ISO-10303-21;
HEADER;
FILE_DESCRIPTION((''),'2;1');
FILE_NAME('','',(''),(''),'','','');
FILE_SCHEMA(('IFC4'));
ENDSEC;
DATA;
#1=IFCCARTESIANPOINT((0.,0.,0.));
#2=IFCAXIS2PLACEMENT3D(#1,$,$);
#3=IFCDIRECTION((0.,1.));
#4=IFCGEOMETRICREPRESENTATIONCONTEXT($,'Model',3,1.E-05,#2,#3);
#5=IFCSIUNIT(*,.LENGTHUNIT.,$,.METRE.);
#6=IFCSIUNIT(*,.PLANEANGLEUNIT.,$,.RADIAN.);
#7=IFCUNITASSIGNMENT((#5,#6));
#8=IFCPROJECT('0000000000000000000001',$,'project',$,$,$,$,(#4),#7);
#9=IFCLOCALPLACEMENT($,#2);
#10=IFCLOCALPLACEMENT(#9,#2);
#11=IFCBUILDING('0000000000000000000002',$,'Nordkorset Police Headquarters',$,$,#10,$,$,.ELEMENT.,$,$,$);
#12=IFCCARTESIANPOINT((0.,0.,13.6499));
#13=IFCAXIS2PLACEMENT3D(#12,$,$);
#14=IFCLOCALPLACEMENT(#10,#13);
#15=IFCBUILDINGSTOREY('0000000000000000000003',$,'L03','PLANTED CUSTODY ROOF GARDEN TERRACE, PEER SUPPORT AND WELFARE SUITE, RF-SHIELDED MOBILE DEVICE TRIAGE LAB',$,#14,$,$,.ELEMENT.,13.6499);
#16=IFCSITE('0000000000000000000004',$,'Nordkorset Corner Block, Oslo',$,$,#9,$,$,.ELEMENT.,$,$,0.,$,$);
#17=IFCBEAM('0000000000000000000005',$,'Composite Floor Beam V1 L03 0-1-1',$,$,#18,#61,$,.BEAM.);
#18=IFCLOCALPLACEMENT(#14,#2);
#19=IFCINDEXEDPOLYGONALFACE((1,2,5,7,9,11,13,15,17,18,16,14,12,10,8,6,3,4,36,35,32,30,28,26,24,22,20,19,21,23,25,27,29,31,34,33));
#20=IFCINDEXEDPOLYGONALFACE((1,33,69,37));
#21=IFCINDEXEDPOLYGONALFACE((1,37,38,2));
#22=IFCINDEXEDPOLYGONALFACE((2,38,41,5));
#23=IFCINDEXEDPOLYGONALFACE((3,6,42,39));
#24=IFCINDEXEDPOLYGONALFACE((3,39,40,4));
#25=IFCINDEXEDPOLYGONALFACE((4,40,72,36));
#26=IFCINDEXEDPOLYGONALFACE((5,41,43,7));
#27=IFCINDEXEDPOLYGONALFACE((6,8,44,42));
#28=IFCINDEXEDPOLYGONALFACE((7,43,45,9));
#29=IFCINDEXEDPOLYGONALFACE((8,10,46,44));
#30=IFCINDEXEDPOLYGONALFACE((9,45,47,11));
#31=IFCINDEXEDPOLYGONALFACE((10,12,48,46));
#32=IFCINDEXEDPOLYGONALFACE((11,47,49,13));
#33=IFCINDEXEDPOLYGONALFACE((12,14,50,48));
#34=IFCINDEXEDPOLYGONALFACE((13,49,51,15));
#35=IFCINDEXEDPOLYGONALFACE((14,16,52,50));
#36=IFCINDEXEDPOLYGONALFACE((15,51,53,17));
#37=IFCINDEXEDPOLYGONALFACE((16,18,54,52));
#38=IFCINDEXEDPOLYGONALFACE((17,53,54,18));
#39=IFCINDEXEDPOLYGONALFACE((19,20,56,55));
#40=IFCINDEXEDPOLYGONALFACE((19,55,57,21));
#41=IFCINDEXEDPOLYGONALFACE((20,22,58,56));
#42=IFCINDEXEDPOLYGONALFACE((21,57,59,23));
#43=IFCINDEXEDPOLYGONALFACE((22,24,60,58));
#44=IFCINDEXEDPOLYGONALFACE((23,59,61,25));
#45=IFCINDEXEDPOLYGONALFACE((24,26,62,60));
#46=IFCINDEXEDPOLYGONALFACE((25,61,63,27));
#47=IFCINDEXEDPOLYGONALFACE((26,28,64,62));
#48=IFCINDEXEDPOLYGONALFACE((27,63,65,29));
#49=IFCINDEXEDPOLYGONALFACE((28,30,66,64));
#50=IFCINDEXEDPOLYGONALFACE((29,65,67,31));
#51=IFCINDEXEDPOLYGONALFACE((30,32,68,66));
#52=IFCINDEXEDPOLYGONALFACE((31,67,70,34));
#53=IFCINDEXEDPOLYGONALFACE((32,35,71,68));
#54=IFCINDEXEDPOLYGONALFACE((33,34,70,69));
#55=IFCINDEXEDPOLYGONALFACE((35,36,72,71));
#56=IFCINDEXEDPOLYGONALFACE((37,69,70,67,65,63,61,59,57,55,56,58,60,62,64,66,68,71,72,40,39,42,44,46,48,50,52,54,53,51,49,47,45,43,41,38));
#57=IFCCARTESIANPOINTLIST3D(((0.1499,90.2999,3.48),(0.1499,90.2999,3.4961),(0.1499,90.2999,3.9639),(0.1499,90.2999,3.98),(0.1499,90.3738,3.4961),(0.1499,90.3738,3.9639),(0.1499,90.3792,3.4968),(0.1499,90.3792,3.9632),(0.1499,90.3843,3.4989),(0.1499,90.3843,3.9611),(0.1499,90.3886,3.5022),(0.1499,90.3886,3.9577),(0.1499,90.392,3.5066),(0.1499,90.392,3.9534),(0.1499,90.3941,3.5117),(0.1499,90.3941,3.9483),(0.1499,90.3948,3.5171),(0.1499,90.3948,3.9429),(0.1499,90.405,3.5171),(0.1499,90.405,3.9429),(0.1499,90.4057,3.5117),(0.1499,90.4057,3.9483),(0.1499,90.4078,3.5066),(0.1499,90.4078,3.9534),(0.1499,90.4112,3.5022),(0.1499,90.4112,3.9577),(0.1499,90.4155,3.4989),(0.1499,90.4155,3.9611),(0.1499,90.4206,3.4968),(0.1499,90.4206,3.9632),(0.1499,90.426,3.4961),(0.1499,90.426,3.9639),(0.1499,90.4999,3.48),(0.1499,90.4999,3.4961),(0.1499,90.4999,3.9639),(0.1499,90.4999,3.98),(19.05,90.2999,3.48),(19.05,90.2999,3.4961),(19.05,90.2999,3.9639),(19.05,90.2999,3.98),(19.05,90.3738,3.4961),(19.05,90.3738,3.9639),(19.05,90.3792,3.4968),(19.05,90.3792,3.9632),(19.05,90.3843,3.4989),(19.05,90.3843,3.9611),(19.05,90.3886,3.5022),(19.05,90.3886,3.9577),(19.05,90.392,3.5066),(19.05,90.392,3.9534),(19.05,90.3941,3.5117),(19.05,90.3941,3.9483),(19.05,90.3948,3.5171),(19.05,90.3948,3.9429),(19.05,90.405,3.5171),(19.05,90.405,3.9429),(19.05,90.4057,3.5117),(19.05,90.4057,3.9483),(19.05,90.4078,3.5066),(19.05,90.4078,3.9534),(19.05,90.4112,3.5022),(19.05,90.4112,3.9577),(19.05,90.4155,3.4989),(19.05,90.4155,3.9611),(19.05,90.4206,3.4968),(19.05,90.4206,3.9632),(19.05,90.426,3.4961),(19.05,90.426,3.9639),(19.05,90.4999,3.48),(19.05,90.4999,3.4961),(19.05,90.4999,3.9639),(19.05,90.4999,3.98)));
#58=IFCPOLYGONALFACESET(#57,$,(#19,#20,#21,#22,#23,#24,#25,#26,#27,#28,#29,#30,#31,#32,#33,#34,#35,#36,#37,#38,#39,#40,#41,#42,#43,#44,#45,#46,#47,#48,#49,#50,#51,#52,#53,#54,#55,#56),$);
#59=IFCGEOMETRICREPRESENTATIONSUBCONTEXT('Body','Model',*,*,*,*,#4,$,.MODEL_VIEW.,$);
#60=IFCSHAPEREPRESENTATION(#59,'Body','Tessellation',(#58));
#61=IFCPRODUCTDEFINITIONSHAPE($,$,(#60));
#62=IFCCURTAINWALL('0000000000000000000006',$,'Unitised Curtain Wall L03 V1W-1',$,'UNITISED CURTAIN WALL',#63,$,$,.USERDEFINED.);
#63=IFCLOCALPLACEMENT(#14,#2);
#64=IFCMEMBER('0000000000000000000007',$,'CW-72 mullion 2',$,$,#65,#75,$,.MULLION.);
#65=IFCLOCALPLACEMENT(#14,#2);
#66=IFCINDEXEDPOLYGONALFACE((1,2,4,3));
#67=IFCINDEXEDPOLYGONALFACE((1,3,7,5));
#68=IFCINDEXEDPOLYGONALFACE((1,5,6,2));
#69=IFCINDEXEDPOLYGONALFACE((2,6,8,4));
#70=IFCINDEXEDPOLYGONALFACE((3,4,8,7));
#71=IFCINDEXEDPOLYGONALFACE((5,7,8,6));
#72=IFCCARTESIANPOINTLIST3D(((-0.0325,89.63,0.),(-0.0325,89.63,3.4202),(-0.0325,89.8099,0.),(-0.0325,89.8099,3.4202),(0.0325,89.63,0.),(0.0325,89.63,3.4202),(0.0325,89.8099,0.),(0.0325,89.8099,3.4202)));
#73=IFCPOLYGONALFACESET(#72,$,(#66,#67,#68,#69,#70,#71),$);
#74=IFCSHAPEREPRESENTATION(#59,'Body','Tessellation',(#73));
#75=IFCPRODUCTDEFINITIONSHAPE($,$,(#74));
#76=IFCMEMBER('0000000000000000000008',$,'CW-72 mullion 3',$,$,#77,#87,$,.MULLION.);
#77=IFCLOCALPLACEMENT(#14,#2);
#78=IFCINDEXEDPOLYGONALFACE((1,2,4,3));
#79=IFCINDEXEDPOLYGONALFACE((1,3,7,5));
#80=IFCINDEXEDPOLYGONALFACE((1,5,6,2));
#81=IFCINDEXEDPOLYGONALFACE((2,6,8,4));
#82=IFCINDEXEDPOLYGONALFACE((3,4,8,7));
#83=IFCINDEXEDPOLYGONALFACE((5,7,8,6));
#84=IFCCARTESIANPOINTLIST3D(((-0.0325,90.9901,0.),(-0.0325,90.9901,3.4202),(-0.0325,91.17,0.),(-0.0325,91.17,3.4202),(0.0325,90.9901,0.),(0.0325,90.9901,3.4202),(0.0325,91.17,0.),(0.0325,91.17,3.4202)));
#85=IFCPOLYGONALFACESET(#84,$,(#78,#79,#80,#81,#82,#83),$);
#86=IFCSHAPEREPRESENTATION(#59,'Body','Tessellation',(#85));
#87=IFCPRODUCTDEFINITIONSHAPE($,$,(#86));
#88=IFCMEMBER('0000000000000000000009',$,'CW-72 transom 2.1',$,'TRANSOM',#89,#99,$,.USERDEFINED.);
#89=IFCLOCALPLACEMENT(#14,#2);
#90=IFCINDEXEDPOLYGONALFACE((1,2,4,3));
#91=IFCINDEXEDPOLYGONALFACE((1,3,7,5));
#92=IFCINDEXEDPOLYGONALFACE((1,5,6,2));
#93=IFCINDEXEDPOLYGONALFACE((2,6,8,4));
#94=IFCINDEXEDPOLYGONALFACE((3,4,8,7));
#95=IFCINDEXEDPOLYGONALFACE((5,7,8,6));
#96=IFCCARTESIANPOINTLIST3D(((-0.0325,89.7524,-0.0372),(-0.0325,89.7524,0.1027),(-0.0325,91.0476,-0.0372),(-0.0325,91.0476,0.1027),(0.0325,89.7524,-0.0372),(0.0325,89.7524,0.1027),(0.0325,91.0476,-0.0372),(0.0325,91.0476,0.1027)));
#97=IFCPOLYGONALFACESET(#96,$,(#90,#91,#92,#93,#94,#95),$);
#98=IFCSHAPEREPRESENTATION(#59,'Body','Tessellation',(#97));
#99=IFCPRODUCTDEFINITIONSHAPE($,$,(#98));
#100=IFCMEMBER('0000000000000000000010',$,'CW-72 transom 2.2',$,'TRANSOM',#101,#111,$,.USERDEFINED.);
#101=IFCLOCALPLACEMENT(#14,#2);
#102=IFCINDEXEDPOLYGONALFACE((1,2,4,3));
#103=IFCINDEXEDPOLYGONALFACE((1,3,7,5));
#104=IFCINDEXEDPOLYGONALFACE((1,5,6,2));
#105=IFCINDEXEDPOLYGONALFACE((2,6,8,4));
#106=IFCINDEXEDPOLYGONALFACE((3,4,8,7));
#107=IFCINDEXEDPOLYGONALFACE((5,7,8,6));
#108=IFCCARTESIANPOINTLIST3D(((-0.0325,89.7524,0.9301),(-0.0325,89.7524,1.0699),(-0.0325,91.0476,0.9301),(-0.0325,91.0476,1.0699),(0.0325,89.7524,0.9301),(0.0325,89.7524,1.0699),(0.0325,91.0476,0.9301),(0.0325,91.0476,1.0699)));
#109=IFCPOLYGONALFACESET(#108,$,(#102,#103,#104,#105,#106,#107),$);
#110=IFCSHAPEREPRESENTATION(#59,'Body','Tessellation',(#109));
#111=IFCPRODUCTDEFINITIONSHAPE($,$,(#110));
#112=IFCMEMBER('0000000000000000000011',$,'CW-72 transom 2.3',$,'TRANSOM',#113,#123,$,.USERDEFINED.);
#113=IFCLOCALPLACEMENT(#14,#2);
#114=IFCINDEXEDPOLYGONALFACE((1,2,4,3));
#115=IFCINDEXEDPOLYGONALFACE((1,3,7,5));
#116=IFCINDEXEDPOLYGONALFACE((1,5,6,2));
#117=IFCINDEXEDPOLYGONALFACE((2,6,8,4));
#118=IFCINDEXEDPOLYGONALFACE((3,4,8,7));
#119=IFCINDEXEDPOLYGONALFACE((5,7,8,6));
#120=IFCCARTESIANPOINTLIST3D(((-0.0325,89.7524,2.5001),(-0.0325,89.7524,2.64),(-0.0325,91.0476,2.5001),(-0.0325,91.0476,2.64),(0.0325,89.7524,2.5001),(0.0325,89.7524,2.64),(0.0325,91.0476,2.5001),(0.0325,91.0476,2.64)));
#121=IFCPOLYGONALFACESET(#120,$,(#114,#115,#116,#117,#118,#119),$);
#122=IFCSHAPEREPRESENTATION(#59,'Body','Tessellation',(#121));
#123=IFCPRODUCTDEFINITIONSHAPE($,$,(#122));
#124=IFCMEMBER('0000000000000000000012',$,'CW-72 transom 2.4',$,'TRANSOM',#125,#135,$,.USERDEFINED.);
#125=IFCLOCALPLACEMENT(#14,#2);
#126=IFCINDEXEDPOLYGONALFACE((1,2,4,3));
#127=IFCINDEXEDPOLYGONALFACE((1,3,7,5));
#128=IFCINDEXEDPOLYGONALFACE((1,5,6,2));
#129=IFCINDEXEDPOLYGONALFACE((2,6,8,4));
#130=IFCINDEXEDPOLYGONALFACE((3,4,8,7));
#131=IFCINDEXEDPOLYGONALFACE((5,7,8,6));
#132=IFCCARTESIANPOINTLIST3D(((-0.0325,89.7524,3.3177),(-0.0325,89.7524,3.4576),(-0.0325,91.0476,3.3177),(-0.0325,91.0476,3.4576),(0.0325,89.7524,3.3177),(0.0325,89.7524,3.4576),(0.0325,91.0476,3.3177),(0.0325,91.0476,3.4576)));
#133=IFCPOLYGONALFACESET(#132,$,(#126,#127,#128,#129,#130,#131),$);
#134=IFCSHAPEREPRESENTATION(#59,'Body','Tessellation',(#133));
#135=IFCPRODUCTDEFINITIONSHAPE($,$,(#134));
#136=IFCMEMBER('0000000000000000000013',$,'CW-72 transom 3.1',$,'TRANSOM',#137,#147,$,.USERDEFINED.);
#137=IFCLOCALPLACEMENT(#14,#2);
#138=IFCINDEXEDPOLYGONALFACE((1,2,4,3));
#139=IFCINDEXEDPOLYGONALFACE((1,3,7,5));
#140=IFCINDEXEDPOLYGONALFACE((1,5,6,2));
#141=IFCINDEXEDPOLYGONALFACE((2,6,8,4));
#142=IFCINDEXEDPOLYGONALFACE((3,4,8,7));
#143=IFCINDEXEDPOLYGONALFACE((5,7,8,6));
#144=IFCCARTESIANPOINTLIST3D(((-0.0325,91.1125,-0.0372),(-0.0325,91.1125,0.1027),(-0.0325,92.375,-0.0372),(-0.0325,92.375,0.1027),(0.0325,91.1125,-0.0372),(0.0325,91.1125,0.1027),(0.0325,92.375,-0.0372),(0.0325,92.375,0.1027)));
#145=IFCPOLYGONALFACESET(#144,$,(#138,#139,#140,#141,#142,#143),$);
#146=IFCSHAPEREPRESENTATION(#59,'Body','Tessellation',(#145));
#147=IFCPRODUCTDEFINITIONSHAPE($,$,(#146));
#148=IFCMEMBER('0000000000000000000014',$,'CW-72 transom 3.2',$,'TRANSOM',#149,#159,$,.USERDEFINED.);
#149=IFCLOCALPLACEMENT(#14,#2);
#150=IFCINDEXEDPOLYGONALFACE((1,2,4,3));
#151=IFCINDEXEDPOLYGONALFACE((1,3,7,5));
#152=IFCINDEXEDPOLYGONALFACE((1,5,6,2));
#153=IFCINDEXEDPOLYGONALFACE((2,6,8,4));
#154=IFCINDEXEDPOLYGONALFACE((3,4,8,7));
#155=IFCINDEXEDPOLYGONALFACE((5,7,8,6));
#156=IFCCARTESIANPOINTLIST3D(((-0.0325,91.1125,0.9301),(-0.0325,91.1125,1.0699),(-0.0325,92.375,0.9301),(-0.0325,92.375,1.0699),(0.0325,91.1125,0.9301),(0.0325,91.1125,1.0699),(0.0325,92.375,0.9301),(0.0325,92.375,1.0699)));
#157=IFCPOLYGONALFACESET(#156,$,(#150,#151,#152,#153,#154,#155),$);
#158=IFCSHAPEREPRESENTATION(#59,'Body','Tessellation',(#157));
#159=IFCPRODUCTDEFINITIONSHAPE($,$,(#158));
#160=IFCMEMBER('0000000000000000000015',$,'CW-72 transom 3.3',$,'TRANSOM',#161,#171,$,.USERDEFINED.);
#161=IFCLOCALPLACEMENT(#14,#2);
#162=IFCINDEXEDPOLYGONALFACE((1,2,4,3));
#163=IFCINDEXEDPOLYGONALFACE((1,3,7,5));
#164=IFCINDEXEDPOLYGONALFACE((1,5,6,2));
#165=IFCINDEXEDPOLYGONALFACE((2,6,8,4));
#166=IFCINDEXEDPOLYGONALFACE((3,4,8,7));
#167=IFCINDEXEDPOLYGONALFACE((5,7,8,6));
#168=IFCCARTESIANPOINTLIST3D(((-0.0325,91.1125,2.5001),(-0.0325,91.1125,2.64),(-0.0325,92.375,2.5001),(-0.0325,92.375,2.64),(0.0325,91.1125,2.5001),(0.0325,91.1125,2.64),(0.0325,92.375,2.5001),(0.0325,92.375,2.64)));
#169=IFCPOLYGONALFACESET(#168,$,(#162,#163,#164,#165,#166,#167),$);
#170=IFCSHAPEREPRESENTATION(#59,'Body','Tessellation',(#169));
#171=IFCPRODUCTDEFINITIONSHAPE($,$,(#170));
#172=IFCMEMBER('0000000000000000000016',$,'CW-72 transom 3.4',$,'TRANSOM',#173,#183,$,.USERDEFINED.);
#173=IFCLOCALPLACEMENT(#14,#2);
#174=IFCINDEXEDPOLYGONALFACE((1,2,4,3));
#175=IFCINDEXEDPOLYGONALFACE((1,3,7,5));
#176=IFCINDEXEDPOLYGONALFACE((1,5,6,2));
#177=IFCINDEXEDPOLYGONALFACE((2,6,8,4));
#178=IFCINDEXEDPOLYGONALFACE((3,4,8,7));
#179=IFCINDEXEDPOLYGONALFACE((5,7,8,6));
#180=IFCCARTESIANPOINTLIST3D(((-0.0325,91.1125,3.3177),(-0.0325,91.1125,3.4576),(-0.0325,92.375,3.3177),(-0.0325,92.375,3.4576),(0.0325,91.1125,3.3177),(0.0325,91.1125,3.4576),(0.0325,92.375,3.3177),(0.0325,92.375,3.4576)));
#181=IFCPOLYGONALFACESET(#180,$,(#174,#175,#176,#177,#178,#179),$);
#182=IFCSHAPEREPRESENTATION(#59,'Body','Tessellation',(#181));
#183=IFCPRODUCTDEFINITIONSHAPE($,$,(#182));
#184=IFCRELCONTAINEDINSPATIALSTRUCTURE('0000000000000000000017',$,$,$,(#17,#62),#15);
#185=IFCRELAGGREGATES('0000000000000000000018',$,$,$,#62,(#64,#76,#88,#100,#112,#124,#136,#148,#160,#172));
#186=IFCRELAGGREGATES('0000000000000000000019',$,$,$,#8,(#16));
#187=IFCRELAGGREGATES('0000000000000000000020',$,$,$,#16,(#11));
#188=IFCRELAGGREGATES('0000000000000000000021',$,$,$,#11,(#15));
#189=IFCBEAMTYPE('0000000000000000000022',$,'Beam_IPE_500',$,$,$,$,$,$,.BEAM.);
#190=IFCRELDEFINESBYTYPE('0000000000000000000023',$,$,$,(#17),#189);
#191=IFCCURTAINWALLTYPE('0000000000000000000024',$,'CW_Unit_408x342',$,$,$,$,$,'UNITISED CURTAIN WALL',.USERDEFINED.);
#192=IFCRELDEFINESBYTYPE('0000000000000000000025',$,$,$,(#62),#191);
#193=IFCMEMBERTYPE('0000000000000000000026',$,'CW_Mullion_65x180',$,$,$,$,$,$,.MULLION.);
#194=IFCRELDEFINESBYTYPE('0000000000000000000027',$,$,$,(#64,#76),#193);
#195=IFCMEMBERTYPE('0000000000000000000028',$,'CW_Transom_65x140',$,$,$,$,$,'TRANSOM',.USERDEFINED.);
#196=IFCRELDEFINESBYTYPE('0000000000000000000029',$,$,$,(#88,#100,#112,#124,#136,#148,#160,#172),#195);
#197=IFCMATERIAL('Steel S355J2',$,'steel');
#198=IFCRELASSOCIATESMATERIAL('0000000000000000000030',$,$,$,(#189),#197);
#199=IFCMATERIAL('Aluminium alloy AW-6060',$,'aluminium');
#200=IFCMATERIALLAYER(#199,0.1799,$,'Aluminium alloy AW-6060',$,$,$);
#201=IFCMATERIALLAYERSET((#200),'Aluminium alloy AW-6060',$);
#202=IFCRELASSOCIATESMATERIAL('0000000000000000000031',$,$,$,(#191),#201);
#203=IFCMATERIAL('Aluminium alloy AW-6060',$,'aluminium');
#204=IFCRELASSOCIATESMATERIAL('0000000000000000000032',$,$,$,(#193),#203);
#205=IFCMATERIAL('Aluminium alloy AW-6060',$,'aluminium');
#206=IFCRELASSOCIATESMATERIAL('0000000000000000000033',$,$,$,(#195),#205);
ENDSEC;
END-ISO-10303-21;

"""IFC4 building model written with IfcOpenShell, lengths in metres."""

from ifc_helpers import new_model, si_unit, direction, frame, origin, origin_2d, place, context, subcontext, project, spatial, rectangle, i_section, extrude, material, layer, layer_set, material_profile, profile_set, type_object, element, aggregate, save


model = new_model("IFC4")

# Units and contexts
model_context = context("Model", 3, precision=1e-05, world=origin(), true_north=direction((0.0, 1.0)))
body_context = subcontext(model_context, "Body", "Model", "MODEL_VIEW")
ifc_project = project(units=[si_unit("LENGTHUNIT", "METRE"), si_unit("PLANEANGLEUNIT", "RADIAN")], contexts=[model_context])

# Site, building, storey
site_placement = place(None, origin())
site = spatial("IfcSite", under=ifc_project, at=site_placement, Name="Nordkorset Corner Block, Oslo", CompositionType="ELEMENT", RefElevation=0.0)
building_placement = place(site_placement, origin())
building = spatial("IfcBuilding", under=site, at=building_placement, Name="Nordkorset Police Headquarters", CompositionType="ELEMENT")
storey_placement = place(building_placement, frame((0.0, 0.0, 13.6499)))
storey = spatial("IfcBuildingStorey", under=building, at=storey_placement, Name="L03", Description="PLANTED CUSTODY ROOF GARDEN TERRACE, PEER SUPPORT AND WELFARE SUITE, RF-SHIELDED MOBILE DEVICE TRIAGE LAB", CompositionType="ELEMENT", Elevation=13.6499)

# Beam
ifc_material_1 = material(Name="Steel S355J2", Category="steel")
ifc_material_profile_1 = material_profile(ifc_material_1, i_section(OverallWidth=0.2, OverallDepth=0.5, WebThickness=0.0103, FlangeThickness=0.0161, FilletRadius=0.021, at=origin_2d()), Name="IPE 500")
ifc_profile_set_1 = profile_set([ifc_material_profile_1], Name="Steel S355J2")
beam_type = type_object("IfcBeamType", Name="Beam_IPE_500", PredefinedType="BEAM", material=ifc_profile_set_1)
beam_placement = place(storey_placement, frame((0.1499, 90.3999, 3.73), z_axis=(1.0, 0.0, 0.0), x_axis=(0.0, 1.0, 0.0)))
element("IfcBeam", 1, at=beam_placement, inside=storey, type_object=beam_type, Name="Composite Floor Beam V1 L03 0-1-1", PredefinedType="BEAM", context=body_context, shape_type="SweptSolid", body=[
    extrude(i_section(OverallWidth=0.2, OverallDepth=0.5, WebThickness=0.0103, FlangeThickness=0.0161, FilletRadius=0.021, at=origin_2d()), origin(), (0.0, 0.0, 1.0), 18.9001),
])

# Curtain wall, members
ifc_material_2 = material(Name="Aluminium alloy AW-6060", Category="aluminium")
ifc_layer_1 = layer(ifc_material_2, 0.1799, Name="Aluminium alloy AW-6060")
ifc_layer_set_1 = layer_set([ifc_layer_1], Name="Aluminium alloy AW-6060")
curtain_wall_type = type_object("IfcCurtainWallType", Name="CW_Unit_408x342", ElementType="UNITISED CURTAIN WALL", PredefinedType="USERDEFINED", material=ifc_layer_set_1)
curtain_wall_placement = place(storey_placement, origin())
curtain_wall = element("IfcCurtainWall", 2, at=curtain_wall_placement, inside=storey, type_object=curtain_wall_type, Name="Unitised Curtain Wall L03 V1W-1", ObjectType="UNITISED CURTAIN WALL", PredefinedType="USERDEFINED")
ifc_material_3 = material(Name="Aluminium alloy AW-6060", Category="aluminium")
ifc_material_profile_2 = material_profile(ifc_material_3, rectangle(XDim=0.0649, YDim=0.1799, at=origin_2d()), Name="ALU MULL 65x180")
ifc_profile_set_2 = profile_set([ifc_material_profile_2], Name="Aluminium alloy AW-6060")
member_type_1 = type_object("IfcMemberType", Name="CW_Mullion_65x180", PredefinedType="MULLION", material=ifc_profile_set_2)
member_1_placement = place(storey_placement, frame((0.0, 89.72, 0.0), z_axis=(0.0, 0.0, 1.0), x_axis=(-1.0, 0.0, 0.0)))
member_1 = element("IfcMember", 3, at=member_1_placement, type_object=member_type_1, Name="CW-72 mullion 2", PredefinedType="MULLION", context=body_context, shape_type="SweptSolid", body=[
    extrude(rectangle(XDim=0.0649, YDim=0.1799, at=origin_2d()), origin(), (0.0, 0.0, 1.0), 3.4202),
])
member_2_placement = place(storey_placement, frame((0.0, 91.0801, 0.0), z_axis=(0.0, 0.0, 1.0), x_axis=(-1.0, 0.0, 0.0)))
member_2 = element("IfcMember", 4, at=member_2_placement, type_object=member_type_1, Name="CW-72 mullion 3", PredefinedType="MULLION", context=body_context, shape_type="SweptSolid", body=[
    extrude(rectangle(XDim=0.0649, YDim=0.1799, at=origin_2d()), origin(), (0.0, 0.0, 1.0), 3.4202),
])
ifc_material_4 = material(Name="Aluminium alloy AW-6060", Category="aluminium")
ifc_material_profile_3 = material_profile(ifc_material_4, rectangle(XDim=0.0649, YDim=0.1399, at=origin_2d()), Name="ALU TRAN 65x140")
ifc_profile_set_3 = profile_set([ifc_material_profile_3], Name="Aluminium alloy AW-6060")
member_type_2 = type_object("IfcMemberType", Name="CW_Transom_65x140", ElementType="TRANSOM", PredefinedType="USERDEFINED", material=ifc_profile_set_3)
member_3_placement = place(storey_placement, frame((0.0, 89.7524, 0.0327), z_axis=(0.0, 1.0, 0.0), x_axis=(-1.0, 0.0, 0.0)))
member_3 = element("IfcMember", 5, at=member_3_placement, type_object=member_type_2, Name="CW-72 transom 2.1", ObjectType="TRANSOM", PredefinedType="USERDEFINED", context=body_context, shape_type="SweptSolid", body=[
    extrude(rectangle(XDim=0.0649, YDim=0.1399, at=origin_2d()), origin(), (0.0, 0.0, 1.0), 1.2952),
])
member_4_placement = place(storey_placement, frame((0.0, 89.7524, 1.0), z_axis=(0.0, 1.0, 0.0), x_axis=(-1.0, 0.0, 0.0)))
member_4 = element("IfcMember", 6, at=member_4_placement, type_object=member_type_2, Name="CW-72 transom 2.2", ObjectType="TRANSOM", PredefinedType="USERDEFINED", context=body_context, shape_type="SweptSolid", body=[
    extrude(rectangle(XDim=0.0649, YDim=0.1399, at=origin_2d()), origin(), (0.0, 0.0, 1.0), 1.2952),
])
member_5_placement = place(storey_placement, frame((0.0, 89.7524, 2.5701), z_axis=(0.0, 1.0, 0.0), x_axis=(-1.0, 0.0, 0.0)))
member_5 = element("IfcMember", 7, at=member_5_placement, type_object=member_type_2, Name="CW-72 transom 2.3", ObjectType="TRANSOM", PredefinedType="USERDEFINED", context=body_context, shape_type="SweptSolid", body=[
    extrude(rectangle(XDim=0.0649, YDim=0.1399, at=origin_2d()), origin(), (0.0, 0.0, 1.0), 1.2952),
])
member_6_placement = place(storey_placement, frame((0.0, 89.7524, 3.3877), z_axis=(0.0, 1.0, 0.0), x_axis=(-1.0, 0.0, 0.0)))
member_6 = element("IfcMember", 8, at=member_6_placement, type_object=member_type_2, Name="CW-72 transom 2.4", ObjectType="TRANSOM", PredefinedType="USERDEFINED", context=body_context, shape_type="SweptSolid", body=[
    extrude(rectangle(XDim=0.0649, YDim=0.1399, at=origin_2d()), origin(), (0.0, 0.0, 1.0), 1.2952),
])
member_7_placement = place(storey_placement, frame((0.0, 91.1125, 0.0327), z_axis=(0.0, 1.0, 0.0), x_axis=(-1.0, 0.0, 0.0)))
member_7 = element("IfcMember", 9, at=member_7_placement, type_object=member_type_2, Name="CW-72 transom 3.1", ObjectType="TRANSOM", PredefinedType="USERDEFINED", context=body_context, shape_type="SweptSolid", body=[
    extrude(rectangle(XDim=0.0649, YDim=0.1399, at=origin_2d()), origin(), (0.0, 0.0, 1.0), 1.2625),
])
member_8_placement = place(storey_placement, frame((0.0, 91.1125, 1.0), z_axis=(0.0, 1.0, 0.0), x_axis=(-1.0, 0.0, 0.0)))
member_8 = element("IfcMember", 10, at=member_8_placement, type_object=member_type_2, Name="CW-72 transom 3.2", ObjectType="TRANSOM", PredefinedType="USERDEFINED", context=body_context, shape_type="SweptSolid", body=[
    extrude(rectangle(XDim=0.0649, YDim=0.1399, at=origin_2d()), origin(), (0.0, 0.0, 1.0), 1.2625),
])
member_9_placement = place(storey_placement, frame((0.0, 91.1125, 2.5701), z_axis=(0.0, 1.0, 0.0), x_axis=(-1.0, 0.0, 0.0)))
member_9 = element("IfcMember", 11, at=member_9_placement, type_object=member_type_2, Name="CW-72 transom 3.3", ObjectType="TRANSOM", PredefinedType="USERDEFINED", context=body_context, shape_type="SweptSolid", body=[
    extrude(rectangle(XDim=0.0649, YDim=0.1399, at=origin_2d()), origin(), (0.0, 0.0, 1.0), 1.2625),
])
member_10_placement = place(storey_placement, frame((0.0, 91.1125, 3.3877), z_axis=(0.0, 1.0, 0.0), x_axis=(-1.0, 0.0, 0.0)))
member_10 = element("IfcMember", 12, at=member_10_placement, type_object=member_type_2, Name="CW-72 transom 3.4", ObjectType="TRANSOM", PredefinedType="USERDEFINED", context=body_context, shape_type="SweptSolid", body=[
    extrude(rectangle(XDim=0.0649, YDim=0.1399, at=origin_2d()), origin(), (0.0, 0.0, 1.0), 1.2625),
])
aggregate(curtain_wall, [member_1, member_2, member_3, member_4, member_5, member_6, member_7, member_8, member_9, member_10])

save(model, "model.ifc")
